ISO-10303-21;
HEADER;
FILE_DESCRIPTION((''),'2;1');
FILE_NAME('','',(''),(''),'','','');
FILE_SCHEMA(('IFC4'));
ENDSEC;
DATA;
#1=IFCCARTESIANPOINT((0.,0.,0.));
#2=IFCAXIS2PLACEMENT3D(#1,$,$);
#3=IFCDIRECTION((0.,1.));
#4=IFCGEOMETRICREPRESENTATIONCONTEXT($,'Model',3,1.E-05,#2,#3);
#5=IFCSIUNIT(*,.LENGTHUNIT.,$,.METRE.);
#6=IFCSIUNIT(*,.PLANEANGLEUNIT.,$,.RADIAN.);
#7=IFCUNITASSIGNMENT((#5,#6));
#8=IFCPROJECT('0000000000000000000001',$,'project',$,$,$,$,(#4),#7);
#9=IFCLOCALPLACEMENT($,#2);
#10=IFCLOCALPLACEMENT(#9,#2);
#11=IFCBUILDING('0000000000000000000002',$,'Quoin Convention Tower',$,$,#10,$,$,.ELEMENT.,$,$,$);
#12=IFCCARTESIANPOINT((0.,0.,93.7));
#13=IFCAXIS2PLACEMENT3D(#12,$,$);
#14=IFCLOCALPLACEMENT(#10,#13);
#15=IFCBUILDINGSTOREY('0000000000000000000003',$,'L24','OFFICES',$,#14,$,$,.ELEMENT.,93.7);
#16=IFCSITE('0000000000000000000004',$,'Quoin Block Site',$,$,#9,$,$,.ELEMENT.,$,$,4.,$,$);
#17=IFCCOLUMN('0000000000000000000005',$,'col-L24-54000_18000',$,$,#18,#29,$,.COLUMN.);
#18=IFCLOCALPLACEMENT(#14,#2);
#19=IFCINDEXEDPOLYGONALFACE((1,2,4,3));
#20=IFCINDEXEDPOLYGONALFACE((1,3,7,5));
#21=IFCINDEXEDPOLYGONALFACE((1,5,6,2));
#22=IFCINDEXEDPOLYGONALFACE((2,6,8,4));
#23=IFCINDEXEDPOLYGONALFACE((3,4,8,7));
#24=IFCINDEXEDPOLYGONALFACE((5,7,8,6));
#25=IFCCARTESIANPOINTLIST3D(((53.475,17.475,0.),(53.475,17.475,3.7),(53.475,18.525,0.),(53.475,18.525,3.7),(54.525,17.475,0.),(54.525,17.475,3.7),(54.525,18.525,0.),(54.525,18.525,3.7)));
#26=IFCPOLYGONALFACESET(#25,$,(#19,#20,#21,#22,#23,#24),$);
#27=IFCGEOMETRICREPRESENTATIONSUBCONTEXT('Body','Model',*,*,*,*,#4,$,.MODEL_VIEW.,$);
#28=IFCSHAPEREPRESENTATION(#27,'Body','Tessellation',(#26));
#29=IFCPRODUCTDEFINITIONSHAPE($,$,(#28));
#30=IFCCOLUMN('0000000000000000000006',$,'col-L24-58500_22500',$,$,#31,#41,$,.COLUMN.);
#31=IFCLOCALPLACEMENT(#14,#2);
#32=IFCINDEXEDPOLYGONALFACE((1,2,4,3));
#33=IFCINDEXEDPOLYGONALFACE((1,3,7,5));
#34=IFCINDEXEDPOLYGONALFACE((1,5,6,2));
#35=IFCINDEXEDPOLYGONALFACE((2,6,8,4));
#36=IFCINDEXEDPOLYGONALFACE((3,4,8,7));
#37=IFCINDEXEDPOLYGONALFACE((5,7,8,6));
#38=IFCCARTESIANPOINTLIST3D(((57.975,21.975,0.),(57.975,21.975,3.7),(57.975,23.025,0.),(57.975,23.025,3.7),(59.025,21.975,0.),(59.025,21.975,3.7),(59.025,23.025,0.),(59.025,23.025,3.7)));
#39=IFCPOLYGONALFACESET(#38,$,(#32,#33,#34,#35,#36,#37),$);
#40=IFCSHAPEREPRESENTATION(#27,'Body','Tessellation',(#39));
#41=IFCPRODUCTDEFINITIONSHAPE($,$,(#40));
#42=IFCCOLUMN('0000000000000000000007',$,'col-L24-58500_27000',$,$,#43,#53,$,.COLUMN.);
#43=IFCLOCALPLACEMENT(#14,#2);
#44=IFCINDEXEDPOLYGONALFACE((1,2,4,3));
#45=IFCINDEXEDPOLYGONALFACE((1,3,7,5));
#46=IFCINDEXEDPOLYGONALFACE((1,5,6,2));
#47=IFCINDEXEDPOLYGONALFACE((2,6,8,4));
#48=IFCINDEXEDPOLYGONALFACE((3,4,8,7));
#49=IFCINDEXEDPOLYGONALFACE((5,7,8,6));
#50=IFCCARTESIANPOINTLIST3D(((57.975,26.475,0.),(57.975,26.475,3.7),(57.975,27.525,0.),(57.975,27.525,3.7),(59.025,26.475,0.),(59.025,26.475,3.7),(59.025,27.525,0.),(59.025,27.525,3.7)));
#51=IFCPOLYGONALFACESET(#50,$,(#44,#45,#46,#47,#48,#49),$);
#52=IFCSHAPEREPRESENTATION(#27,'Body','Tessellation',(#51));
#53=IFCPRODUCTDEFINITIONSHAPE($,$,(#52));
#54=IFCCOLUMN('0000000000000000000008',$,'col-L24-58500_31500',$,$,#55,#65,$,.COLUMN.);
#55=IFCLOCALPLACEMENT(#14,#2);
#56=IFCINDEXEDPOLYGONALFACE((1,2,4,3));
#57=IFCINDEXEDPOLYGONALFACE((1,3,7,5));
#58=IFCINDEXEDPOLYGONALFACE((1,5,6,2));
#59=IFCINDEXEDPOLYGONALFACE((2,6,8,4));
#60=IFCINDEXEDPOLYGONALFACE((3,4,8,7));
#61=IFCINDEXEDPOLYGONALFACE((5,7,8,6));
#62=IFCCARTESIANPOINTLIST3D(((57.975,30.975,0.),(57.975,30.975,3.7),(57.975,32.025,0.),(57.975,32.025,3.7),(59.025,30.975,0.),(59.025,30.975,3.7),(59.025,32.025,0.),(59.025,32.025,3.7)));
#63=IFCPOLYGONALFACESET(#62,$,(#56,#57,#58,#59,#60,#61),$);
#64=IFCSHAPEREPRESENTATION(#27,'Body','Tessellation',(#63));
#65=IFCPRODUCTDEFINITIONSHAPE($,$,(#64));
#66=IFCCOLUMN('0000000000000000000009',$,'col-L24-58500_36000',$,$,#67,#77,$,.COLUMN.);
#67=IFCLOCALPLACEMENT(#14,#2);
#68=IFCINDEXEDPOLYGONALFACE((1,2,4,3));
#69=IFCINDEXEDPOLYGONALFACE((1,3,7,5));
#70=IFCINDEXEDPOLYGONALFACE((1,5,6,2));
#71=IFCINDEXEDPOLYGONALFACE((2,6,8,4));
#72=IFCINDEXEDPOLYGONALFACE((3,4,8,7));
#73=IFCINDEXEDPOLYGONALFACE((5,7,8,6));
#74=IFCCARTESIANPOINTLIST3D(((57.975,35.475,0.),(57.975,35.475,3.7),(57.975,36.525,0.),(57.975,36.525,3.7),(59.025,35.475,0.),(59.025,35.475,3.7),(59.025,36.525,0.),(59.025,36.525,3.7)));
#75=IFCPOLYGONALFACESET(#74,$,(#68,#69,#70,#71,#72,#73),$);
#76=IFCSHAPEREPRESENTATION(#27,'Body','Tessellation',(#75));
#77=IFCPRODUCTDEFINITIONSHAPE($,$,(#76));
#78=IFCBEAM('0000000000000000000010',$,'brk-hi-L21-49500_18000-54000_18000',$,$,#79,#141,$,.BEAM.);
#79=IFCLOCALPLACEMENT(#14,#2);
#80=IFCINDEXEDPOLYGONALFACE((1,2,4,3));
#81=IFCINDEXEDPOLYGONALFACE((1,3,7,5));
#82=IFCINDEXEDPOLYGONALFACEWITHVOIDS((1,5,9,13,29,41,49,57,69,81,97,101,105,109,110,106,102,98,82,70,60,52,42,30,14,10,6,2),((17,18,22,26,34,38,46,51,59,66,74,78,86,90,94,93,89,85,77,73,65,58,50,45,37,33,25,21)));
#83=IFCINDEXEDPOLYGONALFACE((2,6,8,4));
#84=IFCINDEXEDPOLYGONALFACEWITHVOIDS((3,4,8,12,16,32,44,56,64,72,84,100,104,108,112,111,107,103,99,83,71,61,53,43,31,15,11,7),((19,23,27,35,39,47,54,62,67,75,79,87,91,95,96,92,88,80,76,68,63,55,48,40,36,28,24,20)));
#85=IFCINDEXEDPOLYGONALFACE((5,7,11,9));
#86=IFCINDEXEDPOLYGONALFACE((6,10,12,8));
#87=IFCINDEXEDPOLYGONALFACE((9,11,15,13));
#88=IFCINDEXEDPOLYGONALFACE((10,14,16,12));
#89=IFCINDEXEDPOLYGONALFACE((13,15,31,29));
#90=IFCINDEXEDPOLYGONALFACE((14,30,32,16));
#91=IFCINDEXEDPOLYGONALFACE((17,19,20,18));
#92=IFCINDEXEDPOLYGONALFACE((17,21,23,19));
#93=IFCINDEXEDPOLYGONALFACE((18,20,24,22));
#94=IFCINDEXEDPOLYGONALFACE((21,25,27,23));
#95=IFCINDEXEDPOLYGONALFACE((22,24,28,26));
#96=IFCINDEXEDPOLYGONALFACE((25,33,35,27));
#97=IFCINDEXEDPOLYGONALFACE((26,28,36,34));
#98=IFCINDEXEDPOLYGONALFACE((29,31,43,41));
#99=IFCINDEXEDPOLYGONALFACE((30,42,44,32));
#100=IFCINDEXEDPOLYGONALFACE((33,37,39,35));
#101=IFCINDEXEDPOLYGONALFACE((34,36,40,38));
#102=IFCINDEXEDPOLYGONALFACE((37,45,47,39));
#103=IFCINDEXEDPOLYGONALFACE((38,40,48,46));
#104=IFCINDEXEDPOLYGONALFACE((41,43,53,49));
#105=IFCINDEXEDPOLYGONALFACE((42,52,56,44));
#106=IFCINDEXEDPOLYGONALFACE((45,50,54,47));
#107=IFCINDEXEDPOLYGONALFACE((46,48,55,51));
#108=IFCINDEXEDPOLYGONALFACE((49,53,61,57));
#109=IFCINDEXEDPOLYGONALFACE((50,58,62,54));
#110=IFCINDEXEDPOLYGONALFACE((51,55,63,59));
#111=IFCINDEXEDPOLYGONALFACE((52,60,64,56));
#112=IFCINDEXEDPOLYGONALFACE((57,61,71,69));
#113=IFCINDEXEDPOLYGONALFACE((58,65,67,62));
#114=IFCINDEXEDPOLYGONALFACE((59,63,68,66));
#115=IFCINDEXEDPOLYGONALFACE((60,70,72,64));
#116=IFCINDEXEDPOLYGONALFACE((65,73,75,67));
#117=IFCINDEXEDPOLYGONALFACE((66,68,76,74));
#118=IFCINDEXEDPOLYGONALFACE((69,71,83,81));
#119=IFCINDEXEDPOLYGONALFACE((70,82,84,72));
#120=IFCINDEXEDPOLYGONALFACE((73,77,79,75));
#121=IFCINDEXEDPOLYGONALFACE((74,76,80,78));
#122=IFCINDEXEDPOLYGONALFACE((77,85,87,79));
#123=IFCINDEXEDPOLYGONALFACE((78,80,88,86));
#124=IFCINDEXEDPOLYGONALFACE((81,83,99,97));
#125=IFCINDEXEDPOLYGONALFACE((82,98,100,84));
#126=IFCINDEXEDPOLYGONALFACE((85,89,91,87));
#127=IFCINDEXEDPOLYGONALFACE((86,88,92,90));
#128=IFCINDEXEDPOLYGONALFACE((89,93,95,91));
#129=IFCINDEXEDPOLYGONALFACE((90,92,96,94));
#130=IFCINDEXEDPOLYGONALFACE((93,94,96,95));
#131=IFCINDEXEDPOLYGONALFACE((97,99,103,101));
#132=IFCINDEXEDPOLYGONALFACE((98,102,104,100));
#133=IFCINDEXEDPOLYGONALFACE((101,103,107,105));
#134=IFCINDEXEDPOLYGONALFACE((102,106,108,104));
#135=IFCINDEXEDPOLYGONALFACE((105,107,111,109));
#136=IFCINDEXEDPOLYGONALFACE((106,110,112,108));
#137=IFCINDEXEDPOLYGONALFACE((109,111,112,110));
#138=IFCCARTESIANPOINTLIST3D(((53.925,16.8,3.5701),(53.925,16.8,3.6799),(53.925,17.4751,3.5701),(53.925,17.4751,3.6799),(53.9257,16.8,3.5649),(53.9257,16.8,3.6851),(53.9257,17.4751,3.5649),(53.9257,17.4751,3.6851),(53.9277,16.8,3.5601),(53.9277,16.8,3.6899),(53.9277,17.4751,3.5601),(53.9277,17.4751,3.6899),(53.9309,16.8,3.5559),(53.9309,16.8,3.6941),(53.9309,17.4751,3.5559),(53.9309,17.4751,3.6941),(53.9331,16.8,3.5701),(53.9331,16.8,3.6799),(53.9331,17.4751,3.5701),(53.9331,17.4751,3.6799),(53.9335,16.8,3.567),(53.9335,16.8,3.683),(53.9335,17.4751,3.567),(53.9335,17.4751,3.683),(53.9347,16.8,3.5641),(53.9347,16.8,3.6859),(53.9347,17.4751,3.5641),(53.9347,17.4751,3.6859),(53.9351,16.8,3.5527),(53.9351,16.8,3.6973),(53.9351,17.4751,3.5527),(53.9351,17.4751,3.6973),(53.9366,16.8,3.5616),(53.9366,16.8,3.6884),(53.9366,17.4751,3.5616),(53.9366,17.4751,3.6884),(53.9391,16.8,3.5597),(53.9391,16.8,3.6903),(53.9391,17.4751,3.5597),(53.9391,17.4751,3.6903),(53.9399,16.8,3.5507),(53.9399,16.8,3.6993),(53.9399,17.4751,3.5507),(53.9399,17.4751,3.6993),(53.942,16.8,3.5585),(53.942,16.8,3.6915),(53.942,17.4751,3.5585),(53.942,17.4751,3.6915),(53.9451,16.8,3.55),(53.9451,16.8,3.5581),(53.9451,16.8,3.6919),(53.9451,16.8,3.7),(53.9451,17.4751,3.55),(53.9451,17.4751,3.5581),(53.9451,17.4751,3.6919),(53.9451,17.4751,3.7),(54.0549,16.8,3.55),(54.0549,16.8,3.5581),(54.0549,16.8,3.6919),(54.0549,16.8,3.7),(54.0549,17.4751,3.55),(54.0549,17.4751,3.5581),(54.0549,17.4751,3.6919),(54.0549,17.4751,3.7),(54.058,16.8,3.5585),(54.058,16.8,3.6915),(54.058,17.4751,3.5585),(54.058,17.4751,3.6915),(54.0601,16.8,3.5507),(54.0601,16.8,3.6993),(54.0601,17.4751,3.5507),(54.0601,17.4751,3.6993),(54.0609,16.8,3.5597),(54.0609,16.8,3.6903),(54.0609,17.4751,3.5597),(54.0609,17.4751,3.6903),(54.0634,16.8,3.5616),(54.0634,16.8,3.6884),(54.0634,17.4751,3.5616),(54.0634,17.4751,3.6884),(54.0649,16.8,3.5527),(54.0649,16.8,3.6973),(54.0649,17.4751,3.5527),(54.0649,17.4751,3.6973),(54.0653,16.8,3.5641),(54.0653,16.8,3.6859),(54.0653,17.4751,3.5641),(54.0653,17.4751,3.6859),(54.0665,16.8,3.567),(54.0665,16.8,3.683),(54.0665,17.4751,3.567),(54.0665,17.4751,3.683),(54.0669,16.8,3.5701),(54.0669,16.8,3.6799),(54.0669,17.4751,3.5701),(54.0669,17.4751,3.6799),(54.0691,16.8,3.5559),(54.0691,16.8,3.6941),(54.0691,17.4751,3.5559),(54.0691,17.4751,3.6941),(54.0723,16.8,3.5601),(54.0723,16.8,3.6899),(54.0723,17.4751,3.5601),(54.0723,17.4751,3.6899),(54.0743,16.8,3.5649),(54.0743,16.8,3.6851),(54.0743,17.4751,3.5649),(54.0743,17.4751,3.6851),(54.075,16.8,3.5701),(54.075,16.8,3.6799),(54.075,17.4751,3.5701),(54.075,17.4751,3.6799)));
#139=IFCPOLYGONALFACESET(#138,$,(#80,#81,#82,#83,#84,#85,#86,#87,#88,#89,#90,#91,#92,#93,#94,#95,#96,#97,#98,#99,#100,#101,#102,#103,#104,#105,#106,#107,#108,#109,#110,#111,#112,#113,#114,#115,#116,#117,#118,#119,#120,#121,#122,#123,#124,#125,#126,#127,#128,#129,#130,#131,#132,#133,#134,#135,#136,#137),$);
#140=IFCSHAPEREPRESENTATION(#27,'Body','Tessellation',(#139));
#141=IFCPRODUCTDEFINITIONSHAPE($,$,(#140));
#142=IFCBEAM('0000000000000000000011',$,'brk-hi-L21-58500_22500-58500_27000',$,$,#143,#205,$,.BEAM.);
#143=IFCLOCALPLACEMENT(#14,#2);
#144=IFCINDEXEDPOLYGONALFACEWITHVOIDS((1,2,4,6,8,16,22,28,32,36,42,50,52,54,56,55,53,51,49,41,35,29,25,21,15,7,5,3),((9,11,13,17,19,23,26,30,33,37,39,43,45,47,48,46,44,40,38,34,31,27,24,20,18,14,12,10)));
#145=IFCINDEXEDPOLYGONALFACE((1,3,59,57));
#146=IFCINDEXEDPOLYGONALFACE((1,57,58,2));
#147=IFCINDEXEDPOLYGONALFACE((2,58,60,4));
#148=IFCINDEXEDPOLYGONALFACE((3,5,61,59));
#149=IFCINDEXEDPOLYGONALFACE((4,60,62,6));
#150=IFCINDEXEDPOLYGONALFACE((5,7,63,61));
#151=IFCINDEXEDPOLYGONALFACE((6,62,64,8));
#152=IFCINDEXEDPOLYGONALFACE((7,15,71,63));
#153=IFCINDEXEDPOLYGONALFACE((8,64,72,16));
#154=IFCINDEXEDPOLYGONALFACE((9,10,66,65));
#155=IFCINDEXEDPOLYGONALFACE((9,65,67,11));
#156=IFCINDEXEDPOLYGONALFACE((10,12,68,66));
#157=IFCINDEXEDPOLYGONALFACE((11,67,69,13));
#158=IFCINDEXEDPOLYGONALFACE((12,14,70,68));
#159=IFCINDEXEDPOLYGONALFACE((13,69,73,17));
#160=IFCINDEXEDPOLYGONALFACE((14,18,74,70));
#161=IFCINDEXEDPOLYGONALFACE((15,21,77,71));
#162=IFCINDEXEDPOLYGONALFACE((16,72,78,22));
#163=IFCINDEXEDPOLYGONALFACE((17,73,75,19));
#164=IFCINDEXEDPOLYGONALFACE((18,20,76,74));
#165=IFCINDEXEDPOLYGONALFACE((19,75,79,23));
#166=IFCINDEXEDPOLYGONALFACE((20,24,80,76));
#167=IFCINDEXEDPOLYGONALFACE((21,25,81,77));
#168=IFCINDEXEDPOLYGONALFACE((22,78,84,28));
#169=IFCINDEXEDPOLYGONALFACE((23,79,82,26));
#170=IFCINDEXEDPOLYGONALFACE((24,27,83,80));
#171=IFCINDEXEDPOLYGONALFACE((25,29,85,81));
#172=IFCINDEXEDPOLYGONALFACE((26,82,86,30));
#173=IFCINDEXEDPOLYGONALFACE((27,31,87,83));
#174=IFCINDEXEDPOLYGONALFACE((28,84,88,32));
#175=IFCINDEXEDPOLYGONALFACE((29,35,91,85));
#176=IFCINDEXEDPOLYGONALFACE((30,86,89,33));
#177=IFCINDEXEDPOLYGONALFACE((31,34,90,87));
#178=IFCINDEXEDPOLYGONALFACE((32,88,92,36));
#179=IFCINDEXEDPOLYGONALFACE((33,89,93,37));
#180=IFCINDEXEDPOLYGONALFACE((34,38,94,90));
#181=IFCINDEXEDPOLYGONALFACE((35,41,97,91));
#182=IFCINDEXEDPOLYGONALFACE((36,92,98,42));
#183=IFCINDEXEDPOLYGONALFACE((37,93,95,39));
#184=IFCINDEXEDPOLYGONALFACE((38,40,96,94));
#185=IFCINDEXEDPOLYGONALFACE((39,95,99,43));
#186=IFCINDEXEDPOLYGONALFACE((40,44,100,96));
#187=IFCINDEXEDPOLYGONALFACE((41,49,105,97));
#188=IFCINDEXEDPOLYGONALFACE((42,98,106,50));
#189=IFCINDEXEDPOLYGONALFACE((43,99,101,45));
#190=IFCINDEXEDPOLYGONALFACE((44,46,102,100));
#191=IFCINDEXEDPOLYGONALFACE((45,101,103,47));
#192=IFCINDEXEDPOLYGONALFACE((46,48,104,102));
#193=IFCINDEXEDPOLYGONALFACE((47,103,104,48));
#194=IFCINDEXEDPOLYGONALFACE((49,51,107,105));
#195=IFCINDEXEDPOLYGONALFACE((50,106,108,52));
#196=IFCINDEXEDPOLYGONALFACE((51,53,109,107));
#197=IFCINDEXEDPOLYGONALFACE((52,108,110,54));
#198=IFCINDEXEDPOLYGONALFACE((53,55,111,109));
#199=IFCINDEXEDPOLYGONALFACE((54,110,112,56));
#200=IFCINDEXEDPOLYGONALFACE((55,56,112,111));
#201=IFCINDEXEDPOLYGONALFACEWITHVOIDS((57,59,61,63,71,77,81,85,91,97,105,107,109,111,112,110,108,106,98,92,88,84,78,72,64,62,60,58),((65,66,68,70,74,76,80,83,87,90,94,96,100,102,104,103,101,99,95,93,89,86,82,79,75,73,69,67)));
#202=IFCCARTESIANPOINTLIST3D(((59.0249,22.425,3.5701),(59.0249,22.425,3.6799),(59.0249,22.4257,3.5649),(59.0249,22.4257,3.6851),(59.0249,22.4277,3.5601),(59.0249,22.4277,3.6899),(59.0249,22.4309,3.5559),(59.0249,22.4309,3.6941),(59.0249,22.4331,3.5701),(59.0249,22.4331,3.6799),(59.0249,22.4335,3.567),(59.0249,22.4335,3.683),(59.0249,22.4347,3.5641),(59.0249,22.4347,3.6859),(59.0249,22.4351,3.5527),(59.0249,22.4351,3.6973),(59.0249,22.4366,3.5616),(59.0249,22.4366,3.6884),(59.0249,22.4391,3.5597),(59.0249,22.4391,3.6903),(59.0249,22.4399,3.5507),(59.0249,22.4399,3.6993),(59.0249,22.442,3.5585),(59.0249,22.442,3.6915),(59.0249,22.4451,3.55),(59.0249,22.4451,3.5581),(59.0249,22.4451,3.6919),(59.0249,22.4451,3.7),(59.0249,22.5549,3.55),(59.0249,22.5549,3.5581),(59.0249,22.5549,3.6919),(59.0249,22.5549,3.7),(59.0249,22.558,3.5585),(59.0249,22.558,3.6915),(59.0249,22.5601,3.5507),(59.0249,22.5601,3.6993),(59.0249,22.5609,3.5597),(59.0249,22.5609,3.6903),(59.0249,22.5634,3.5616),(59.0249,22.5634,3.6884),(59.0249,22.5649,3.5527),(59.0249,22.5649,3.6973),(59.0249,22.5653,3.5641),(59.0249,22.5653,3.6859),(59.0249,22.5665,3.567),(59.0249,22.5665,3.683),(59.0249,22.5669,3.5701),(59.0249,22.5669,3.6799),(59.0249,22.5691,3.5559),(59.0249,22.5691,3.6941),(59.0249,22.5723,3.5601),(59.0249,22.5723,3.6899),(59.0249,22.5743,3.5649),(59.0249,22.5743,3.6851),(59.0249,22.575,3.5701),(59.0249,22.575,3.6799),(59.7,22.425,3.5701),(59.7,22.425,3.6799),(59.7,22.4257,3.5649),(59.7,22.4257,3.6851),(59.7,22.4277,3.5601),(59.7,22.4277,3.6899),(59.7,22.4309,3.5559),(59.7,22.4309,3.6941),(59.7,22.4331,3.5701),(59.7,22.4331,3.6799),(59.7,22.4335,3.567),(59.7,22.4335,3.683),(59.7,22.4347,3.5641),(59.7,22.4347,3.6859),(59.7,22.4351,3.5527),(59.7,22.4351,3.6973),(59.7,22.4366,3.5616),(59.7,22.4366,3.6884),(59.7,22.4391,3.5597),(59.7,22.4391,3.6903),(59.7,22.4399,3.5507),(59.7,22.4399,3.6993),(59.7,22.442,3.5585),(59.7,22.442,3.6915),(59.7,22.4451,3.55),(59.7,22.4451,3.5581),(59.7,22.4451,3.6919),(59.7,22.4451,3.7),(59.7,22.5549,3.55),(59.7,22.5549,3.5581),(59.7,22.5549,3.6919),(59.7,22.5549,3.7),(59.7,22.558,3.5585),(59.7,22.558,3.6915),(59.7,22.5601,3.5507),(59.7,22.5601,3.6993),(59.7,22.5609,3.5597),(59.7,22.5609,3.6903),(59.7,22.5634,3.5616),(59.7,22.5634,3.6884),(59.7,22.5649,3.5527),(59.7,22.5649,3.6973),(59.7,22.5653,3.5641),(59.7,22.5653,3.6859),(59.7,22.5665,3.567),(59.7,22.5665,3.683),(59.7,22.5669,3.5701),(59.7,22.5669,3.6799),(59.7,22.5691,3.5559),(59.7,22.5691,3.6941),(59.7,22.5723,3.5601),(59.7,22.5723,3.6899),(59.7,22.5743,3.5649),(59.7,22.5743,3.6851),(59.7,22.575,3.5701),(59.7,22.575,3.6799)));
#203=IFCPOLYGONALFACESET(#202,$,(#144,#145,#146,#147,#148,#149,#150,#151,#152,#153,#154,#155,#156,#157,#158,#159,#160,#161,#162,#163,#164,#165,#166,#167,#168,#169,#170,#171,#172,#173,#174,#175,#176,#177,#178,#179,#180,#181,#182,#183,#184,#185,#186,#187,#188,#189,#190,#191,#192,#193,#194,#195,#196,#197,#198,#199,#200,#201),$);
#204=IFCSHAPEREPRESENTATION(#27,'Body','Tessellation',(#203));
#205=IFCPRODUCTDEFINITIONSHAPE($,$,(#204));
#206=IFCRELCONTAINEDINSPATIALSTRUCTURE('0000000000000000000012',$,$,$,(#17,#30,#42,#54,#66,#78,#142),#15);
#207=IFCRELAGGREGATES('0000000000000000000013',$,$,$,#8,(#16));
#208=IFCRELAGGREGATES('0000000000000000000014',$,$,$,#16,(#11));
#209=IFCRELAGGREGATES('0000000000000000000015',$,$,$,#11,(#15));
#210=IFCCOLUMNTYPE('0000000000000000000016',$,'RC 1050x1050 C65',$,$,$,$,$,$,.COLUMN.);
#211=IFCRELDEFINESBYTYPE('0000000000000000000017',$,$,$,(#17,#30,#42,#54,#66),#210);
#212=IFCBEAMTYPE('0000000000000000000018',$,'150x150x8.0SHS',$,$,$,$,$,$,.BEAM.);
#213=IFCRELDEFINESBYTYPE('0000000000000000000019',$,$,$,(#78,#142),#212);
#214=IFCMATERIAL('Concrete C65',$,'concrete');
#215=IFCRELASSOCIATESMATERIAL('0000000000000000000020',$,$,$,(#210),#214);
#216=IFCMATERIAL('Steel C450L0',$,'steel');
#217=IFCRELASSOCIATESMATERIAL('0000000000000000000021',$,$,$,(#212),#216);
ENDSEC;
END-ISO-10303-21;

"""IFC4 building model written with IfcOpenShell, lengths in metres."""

from ifc_helpers import new_model, si_unit, direction, frame, origin, origin_2d, place, context, subcontext, project, spatial, rectangle, hollow_rectangle, extrude, material, material_profile, profile_set, type_object, element, save


model = new_model("IFC4")

# Units and contexts
model_context = context("Model", 3, precision=1e-05, world=origin(), true_north=direction((0.0, 1.0)))
body_context = subcontext(model_context, "Body", "Model", "MODEL_VIEW")
ifc_project = project(units=[si_unit("LENGTHUNIT", "METRE"), si_unit("PLANEANGLEUNIT", "RADIAN")], contexts=[model_context])

# Site, building, storey
site_placement = place(None, origin())
site = spatial("IfcSite", under=ifc_project, at=site_placement, Name="Quoin Block Site", CompositionType="ELEMENT", RefElevation=4.0)
building_placement = place(site_placement, origin())
building = spatial("IfcBuilding", under=site, at=building_placement, Name="Quoin Convention Tower", CompositionType="ELEMENT")
storey_placement = place(building_placement, frame((0.0, 0.0, 93.7)))
storey = spatial("IfcBuildingStorey", under=building, at=storey_placement, Name="L24", Description="OFFICES", CompositionType="ELEMENT", Elevation=93.7)

# Columns
ifc_material_1 = material(Name="Concrete C65", Category="concrete")
ifc_material_profile_1 = material_profile(ifc_material_1, rectangle(XDim=1.05, YDim=1.05, at=origin_2d()), Name="RC 1050x1050")
ifc_profile_set_1 = profile_set([ifc_material_profile_1], Name="Concrete C65")
column_type = type_object("IfcColumnType", Name="RC 1050x1050 C65", PredefinedType="COLUMN", material=ifc_profile_set_1)
for number, where, z_axis, x_axis, name in (
    (1, (54.0, 18.0, 0.0), (0.0, 0.0, 1.0), (1.0, 0.0, 0.0), "col-L24-54000_18000"),
    (2, (58.5, 22.5, 0.0), (0.0, 0.0, 1.0), (1.0, 0.0, 0.0), "col-L24-58500_22500"),
    (3, (58.5, 27.0, 0.0), (0.0, 0.0, 1.0), (1.0, 0.0, 0.0), "col-L24-58500_27000"),
    (4, (58.5, 31.5, 0.0), (0.0, 0.0, 1.0), (1.0, 0.0, 0.0), "col-L24-58500_31500"),
    (5, (58.5, 36.0, 0.0), (0.0, 0.0, 1.0), (1.0, 0.0, 0.0), "col-L24-58500_36000"),
):
    element("IfcColumn", number, at=place(storey_placement, frame(where, z_axis=z_axis, x_axis=x_axis)), inside=storey, type_object=column_type, Name=name, PredefinedType="COLUMN", context=body_context, shape_type="SweptSolid", body=[
        extrude(rectangle(XDim=1.05, YDim=1.05, at=origin_2d()), origin(), (0.0, 0.0, 1.0), 3.7),
    ])

# Beams
ifc_material_2 = material(Name="Steel C450L0", Category="steel")
ifc_material_profile_2 = material_profile(ifc_material_2, hollow_rectangle(XDim=0.1499, YDim=0.1499, WallThickness=0.0081, InnerFilletRadius=0.012, OuterFilletRadius=0.02, at=origin_2d()), Name="150x150x8.0SHS")
ifc_profile_set_2 = profile_set([ifc_material_profile_2], Name="Steel C450L0")
beam_type_1 = type_object("IfcBeamType", Name="150x150x8.0SHS", PredefinedType="BEAM", material=ifc_profile_set_2)
for number, where, z_axis, x_axis, name in (
    (6, (54.0, 17.4751, 3.625), (0.0, -1.0, 0.0), (1.0, 0.0, 0.0), "brk-hi-L21-49500_18000-54000_18000"),
    (7, (59.0249, 22.5, 3.625), (1.0, 0.0, 0.0), (0.0, 1.0, 0.0), "brk-hi-L21-58500_22500-58500_27000"),
):
    element("IfcBeam", number, at=place(storey_placement, frame(where, z_axis=z_axis, x_axis=x_axis)), inside=storey, type_object=beam_type_1, Name=name, PredefinedType="BEAM", context=body_context, shape_type="SweptSolid", body=[
        extrude(hollow_rectangle(XDim=0.1499, YDim=0.1499, WallThickness=0.0081, InnerFilletRadius=0.012, OuterFilletRadius=0.02, at=origin_2d()), origin(), (0.0, 0.0, 1.0), 0.675),
    ])

save(model, "model.ifc")
